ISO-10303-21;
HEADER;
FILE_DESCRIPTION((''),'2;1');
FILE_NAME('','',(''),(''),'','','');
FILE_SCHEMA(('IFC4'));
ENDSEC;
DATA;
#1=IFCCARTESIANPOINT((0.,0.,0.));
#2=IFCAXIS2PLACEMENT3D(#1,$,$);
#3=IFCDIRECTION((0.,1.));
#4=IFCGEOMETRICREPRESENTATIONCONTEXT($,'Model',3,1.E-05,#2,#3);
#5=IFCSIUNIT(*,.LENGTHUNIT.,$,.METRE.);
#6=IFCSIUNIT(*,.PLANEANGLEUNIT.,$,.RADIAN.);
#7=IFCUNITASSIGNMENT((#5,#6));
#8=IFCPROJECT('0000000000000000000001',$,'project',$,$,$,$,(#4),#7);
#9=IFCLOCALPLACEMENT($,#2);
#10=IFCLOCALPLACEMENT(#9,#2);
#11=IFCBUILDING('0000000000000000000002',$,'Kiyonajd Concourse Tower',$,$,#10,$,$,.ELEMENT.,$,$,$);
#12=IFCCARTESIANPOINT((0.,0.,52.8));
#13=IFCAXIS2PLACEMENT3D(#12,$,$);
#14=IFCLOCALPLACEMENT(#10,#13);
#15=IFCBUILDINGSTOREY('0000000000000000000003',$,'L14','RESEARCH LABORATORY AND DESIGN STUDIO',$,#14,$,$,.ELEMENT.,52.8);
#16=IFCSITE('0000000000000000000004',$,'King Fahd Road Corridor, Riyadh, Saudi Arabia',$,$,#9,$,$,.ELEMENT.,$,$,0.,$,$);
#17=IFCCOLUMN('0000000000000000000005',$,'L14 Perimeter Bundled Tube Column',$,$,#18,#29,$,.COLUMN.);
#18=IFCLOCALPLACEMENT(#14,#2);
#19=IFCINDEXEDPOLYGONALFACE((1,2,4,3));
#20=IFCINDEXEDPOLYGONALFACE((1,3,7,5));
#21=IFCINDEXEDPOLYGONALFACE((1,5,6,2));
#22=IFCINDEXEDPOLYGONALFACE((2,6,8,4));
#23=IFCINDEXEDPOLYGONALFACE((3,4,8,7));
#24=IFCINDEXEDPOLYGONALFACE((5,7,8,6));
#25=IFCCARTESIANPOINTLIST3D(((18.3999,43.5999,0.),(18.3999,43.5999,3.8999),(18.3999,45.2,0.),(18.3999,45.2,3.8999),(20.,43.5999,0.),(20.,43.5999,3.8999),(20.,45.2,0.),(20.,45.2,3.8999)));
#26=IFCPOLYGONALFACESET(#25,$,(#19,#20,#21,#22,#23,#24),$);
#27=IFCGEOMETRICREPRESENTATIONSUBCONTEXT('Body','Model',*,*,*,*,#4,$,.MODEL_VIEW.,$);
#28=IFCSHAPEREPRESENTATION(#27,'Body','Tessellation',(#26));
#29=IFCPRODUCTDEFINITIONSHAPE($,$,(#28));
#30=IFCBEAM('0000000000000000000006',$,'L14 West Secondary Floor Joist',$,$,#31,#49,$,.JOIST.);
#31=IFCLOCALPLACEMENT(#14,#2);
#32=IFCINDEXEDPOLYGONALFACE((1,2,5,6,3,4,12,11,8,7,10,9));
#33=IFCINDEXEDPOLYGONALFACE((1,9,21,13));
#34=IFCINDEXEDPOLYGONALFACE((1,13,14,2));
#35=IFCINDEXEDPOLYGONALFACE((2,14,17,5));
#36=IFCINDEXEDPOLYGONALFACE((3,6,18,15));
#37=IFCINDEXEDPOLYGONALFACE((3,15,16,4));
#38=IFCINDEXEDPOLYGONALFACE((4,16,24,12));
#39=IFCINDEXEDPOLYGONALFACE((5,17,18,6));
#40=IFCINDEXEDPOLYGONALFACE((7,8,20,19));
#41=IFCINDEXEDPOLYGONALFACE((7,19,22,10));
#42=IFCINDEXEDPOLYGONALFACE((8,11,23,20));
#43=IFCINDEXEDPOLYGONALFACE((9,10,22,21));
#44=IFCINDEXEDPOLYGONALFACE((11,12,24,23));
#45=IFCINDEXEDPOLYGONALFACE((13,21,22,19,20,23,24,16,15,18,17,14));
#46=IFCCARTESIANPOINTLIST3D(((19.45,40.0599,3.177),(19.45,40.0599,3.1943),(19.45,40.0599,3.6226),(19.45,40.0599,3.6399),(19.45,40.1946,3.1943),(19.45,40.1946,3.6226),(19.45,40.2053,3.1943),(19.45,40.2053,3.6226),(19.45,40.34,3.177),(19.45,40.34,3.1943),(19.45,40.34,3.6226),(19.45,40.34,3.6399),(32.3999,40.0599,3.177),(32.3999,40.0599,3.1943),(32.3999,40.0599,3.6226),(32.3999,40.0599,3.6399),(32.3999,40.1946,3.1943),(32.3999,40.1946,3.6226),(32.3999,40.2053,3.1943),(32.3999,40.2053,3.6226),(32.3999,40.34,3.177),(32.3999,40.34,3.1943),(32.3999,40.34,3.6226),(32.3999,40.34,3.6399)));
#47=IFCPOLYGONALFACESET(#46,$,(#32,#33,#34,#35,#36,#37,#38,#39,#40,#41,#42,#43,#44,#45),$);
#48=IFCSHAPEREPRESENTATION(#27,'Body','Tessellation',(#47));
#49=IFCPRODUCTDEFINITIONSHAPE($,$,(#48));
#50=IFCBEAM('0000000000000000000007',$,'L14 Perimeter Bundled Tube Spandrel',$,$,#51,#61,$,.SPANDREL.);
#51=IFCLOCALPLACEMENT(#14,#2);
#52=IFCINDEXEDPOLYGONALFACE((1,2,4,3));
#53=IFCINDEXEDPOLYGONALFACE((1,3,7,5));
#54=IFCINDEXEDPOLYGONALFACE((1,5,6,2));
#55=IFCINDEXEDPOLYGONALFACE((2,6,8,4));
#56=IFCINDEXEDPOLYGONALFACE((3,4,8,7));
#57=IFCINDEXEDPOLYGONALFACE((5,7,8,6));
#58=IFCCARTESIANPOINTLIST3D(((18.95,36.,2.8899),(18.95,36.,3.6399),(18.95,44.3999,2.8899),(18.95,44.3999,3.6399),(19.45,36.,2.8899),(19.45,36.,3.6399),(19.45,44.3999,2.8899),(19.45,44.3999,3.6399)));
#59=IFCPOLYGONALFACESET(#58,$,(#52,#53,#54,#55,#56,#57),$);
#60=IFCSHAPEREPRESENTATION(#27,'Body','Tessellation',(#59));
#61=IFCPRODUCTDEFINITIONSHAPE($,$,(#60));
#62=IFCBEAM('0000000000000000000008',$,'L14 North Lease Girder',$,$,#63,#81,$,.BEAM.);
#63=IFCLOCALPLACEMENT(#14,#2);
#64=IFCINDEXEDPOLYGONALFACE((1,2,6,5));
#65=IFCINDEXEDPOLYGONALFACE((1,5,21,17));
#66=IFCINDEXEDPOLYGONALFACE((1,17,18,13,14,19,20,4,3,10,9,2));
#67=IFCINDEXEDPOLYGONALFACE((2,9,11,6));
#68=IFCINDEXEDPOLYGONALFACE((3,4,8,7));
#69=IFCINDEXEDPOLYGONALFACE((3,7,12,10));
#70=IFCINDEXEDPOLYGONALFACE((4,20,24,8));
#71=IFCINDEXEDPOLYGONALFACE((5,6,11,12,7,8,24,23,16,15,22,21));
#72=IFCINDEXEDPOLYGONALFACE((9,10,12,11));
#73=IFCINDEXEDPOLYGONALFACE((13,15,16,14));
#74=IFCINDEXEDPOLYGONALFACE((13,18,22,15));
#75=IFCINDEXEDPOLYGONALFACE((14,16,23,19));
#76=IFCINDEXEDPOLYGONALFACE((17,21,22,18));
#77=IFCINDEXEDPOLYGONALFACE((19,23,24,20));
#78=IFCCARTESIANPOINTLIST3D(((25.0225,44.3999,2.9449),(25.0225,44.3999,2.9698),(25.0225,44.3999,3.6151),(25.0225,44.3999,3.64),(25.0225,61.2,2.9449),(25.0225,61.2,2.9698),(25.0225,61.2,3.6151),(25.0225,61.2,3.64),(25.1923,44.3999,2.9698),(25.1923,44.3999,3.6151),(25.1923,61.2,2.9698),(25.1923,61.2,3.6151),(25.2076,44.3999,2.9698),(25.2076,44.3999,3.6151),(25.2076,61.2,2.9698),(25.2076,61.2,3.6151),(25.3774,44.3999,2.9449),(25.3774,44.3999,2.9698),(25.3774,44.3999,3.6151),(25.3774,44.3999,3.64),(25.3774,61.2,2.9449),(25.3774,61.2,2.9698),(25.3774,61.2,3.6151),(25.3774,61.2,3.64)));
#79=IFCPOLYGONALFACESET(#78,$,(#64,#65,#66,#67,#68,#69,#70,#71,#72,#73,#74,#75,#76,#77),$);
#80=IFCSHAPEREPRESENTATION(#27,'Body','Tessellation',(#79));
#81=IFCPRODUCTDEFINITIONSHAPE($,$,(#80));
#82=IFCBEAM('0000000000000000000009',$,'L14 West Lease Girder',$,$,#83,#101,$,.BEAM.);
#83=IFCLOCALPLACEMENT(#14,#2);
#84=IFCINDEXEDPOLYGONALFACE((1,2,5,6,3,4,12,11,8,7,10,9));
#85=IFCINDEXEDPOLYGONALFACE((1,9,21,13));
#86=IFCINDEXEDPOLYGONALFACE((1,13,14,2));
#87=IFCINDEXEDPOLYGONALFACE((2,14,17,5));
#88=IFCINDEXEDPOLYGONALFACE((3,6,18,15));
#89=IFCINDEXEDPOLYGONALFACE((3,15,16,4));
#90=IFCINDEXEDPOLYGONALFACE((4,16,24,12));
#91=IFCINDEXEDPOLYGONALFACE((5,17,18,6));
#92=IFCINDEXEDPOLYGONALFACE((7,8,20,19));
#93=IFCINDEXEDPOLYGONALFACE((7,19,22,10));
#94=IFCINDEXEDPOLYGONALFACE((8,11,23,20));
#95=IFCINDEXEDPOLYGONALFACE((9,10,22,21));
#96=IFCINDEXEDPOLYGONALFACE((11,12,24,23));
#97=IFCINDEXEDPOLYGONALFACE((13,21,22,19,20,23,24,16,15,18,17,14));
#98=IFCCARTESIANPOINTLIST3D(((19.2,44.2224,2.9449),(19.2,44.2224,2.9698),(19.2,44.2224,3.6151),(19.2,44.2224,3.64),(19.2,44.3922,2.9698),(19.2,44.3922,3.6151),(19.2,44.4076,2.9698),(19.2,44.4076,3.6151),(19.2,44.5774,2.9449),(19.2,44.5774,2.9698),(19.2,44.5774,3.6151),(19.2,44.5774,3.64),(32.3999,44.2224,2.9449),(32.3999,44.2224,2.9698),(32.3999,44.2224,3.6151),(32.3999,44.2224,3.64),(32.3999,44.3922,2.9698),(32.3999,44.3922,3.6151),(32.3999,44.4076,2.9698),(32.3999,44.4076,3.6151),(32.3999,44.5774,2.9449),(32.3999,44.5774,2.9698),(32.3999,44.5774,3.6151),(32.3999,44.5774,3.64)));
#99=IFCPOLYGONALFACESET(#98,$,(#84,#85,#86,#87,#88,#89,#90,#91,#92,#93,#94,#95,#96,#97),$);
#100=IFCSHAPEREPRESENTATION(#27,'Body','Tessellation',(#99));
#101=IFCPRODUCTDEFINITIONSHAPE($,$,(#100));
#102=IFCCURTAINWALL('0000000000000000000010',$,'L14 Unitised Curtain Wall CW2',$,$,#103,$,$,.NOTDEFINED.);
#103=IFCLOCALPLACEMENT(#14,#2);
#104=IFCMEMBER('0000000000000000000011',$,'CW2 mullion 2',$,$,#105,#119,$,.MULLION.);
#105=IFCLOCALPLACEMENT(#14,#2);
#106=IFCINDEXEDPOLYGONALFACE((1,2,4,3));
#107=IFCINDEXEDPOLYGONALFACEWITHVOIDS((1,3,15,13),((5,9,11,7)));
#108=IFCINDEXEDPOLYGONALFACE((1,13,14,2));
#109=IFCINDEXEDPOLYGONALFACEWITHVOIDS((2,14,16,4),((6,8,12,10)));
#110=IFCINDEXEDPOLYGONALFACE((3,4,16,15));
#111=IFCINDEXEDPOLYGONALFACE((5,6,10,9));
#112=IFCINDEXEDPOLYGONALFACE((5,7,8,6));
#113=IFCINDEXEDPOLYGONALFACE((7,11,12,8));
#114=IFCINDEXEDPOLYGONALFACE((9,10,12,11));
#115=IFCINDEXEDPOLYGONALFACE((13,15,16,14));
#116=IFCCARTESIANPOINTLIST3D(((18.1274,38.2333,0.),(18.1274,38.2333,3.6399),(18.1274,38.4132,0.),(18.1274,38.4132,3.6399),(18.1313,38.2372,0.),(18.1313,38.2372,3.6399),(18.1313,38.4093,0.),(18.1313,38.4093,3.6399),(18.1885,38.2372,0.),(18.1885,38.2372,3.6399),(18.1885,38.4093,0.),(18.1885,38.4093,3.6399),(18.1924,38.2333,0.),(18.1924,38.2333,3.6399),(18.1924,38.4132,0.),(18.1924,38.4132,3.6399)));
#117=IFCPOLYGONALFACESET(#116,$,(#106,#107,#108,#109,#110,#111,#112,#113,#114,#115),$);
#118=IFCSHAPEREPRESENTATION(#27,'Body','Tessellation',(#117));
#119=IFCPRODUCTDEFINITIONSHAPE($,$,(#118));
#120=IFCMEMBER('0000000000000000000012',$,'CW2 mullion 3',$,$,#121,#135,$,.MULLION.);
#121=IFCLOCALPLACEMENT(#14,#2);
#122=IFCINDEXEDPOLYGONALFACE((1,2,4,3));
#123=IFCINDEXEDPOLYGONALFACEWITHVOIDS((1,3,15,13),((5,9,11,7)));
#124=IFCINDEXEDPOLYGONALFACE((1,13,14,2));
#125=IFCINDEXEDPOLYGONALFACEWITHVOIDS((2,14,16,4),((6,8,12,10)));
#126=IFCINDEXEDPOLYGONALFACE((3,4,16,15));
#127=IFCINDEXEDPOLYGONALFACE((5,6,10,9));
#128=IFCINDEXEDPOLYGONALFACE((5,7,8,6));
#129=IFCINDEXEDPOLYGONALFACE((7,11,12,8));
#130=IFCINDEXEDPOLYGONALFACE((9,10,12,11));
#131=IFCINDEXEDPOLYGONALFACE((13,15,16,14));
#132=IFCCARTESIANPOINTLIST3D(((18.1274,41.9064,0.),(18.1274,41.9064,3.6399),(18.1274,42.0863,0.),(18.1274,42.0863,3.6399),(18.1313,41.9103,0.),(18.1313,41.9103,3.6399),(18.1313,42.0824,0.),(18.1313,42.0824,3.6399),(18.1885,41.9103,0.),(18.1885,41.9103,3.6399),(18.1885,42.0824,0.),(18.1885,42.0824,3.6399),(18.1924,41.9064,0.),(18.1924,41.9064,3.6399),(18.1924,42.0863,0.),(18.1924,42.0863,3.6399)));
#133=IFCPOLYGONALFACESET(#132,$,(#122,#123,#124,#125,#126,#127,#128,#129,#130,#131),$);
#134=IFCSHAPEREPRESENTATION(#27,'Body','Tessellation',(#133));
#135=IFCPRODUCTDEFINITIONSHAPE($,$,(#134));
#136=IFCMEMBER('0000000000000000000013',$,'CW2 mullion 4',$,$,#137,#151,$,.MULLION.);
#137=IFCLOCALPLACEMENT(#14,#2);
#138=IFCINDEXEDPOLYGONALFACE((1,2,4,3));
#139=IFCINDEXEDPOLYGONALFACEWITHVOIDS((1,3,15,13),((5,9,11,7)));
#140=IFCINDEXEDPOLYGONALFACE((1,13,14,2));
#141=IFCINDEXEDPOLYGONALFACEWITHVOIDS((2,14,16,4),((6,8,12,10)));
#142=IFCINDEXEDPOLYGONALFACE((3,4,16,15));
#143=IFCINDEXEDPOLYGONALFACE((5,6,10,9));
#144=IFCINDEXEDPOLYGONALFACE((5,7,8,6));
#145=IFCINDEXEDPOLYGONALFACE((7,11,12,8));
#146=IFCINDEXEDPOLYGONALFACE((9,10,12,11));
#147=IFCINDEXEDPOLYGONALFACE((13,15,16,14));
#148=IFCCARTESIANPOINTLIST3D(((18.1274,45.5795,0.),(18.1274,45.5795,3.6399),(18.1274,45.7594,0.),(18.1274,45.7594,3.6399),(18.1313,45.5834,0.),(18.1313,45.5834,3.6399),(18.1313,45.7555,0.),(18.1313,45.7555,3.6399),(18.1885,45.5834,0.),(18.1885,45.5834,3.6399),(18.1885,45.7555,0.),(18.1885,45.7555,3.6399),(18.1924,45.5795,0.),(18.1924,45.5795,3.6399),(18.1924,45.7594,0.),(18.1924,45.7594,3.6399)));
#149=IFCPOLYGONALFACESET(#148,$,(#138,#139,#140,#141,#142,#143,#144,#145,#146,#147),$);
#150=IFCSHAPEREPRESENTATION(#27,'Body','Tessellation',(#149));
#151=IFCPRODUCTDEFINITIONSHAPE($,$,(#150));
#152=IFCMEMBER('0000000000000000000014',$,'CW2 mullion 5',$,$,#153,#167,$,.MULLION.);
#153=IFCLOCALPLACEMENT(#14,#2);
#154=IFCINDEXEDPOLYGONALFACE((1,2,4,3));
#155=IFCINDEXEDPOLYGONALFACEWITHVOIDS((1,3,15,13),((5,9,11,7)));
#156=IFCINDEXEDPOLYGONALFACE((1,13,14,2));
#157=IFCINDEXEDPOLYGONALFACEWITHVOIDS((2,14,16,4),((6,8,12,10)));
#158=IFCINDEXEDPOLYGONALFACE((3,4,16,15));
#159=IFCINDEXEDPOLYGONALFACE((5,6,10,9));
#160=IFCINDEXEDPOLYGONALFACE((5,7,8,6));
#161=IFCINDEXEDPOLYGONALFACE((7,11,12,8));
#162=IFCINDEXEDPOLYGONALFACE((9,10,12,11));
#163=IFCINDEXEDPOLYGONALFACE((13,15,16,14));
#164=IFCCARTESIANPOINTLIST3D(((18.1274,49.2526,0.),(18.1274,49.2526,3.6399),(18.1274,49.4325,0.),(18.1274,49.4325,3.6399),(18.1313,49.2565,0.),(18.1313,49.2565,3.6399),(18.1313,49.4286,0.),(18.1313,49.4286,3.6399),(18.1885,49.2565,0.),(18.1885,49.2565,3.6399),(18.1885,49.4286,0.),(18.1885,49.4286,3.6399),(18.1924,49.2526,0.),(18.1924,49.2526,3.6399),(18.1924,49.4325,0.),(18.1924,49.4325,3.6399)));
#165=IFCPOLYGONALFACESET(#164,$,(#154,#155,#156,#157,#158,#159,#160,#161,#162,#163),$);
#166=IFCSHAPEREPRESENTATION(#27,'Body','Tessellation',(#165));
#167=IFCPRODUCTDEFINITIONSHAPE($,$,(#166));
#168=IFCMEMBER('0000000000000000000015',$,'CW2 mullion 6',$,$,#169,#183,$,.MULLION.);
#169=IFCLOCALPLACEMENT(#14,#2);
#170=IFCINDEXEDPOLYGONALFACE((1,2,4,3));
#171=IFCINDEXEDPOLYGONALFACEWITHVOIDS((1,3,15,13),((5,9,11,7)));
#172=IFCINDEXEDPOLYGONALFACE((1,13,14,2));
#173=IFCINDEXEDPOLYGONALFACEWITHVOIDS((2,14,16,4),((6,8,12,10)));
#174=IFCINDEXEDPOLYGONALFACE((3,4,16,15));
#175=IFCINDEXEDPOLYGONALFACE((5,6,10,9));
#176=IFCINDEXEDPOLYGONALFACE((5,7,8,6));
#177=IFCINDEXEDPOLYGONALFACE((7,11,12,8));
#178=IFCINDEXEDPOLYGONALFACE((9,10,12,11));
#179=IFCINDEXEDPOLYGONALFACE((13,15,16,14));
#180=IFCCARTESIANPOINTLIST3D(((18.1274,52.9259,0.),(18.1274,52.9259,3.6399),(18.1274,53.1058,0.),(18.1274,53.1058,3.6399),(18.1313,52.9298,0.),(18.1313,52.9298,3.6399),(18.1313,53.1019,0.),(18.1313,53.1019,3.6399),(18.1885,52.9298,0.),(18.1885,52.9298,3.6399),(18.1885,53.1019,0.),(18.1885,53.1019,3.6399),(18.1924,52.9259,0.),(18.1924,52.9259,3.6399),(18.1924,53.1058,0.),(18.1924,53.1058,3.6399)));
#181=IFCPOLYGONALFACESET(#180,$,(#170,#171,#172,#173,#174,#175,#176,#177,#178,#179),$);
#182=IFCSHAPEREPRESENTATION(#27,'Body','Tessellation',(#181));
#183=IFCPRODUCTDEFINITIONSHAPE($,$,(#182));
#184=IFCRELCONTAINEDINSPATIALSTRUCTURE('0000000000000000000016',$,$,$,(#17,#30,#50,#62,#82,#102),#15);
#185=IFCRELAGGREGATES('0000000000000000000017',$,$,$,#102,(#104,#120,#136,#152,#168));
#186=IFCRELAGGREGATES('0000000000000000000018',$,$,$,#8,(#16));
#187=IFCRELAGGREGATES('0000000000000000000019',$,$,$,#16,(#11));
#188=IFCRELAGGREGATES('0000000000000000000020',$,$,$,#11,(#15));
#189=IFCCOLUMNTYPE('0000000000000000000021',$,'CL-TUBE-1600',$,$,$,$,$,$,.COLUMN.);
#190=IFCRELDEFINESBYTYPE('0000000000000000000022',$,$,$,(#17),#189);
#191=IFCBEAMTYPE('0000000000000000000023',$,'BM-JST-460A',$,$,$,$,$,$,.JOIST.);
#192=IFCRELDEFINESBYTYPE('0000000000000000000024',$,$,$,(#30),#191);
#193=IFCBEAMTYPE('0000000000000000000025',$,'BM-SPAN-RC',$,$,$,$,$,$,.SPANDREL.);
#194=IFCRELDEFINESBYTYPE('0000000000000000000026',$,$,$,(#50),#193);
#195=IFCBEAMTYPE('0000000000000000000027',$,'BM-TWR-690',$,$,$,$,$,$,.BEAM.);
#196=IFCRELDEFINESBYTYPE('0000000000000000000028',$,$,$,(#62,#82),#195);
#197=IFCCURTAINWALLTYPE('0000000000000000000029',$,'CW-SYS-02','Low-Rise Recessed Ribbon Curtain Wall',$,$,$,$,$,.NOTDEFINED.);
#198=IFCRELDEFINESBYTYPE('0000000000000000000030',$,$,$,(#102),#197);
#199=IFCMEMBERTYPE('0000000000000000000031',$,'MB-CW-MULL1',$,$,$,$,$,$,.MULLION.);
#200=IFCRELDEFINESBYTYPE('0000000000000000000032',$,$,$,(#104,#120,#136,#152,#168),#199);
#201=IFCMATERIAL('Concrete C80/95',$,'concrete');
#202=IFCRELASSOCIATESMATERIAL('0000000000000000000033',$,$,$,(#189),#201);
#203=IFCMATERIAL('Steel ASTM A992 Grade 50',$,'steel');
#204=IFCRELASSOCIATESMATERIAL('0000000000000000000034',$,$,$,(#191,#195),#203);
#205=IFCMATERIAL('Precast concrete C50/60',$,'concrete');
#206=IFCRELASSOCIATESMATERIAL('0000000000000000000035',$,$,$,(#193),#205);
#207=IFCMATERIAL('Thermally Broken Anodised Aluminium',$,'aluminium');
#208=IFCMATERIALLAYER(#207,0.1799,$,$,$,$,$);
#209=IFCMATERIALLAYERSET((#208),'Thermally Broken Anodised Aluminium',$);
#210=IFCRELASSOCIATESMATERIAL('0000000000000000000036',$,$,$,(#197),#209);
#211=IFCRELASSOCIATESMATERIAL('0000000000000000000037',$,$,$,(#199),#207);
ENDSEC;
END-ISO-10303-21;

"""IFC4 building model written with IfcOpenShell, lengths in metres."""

from ifc_helpers import new_model, si_unit, direction, frame, origin, origin_2d, place, context, subcontext, project, spatial, rectangle, hollow_rectangle, i_section, extrude, material, layer, layer_set, material_profile, profile_set, type_object, element, aggregate, save


model = new_model("IFC4")

# Units and contexts
model_context = context("Model", 3, precision=1e-05, world=origin(), true_north=direction((0.0, 1.0)))
body_context = subcontext(model_context, "Body", "Model", "MODEL_VIEW")
ifc_project = project(units=[si_unit("LENGTHUNIT", "METRE"), si_unit("PLANEANGLEUNIT", "RADIAN")], contexts=[model_context])

# Site, building, storey
site_placement = place(None, origin())
site = spatial("IfcSite", under=ifc_project, at=site_placement, Name="King Fahd Road Corridor, Riyadh, Saudi Arabia", CompositionType="ELEMENT", RefElevation=0.0)
building_placement = place(site_placement, origin())
building = spatial("IfcBuilding", under=site, at=building_placement, Name="Kiyonajd Concourse Tower", CompositionType="ELEMENT")
storey_placement = place(building_placement, frame((0.0, 0.0, 52.8)))
storey = spatial("IfcBuildingStorey", under=building, at=storey_placement, Name="L14", Description="RESEARCH LABORATORY AND DESIGN STUDIO", CompositionType="ELEMENT", Elevation=52.8)

# Column
ifc_material_1 = material(Name="Concrete C80/95", Category="concrete")
ifc_material_profile_1 = material_profile(ifc_material_1, rectangle(XDim=1.6001, YDim=1.6001, at=origin_2d()), Name="RC-1600x1600")
ifc_profile_set_1 = profile_set([ifc_material_profile_1], Name="Concrete C80/95")
column_type = type_object("IfcColumnType", Name="CL-TUBE-1600", PredefinedType="COLUMN", material=ifc_profile_set_1)
column_placement = place(storey_placement, frame((19.2, 44.3999, 0.0), z_axis=(0.0, 0.0, 1.0), x_axis=(1.0, 0.0, 0.0)))
element("IfcColumn", 1, at=column_placement, inside=storey, type_object=column_type, Name="L14 Perimeter Bundled Tube Column", PredefinedType="COLUMN", context=body_context, shape_type="SweptSolid", body=[
    extrude(rectangle(XDim=1.6001, YDim=1.6001, at=origin_2d()), origin(), (0.0, 0.0, 1.0), 3.8999),
])

# Beams
ifc_material_2 = material(Name="Steel ASTM A992 Grade 50", Category="steel")
ifc_material_profile_2 = material_profile(ifc_material_2, i_section(OverallWidth=0.28, OverallDepth=0.4629, WebThickness=0.0107, FlangeThickness=0.0173, at=origin_2d()), Name="W460X113")
ifc_profile_set_2 = profile_set([ifc_material_profile_2], Name="Steel ASTM A992 Grade 50")
beam_type_1 = type_object("IfcBeamType", Name="BM-JST-460A", PredefinedType="JOIST", material=ifc_profile_set_2)
beam_1_placement = place(storey_placement, frame((19.45, 40.2, 3.4084), z_axis=(1.0, 0.0, 0.0), x_axis=(0.0, 1.0, 0.0)))
element("IfcBeam", 2, at=beam_1_placement, inside=storey, type_object=beam_type_1, Name="L14 West Secondary Floor Joist", PredefinedType="JOIST", context=body_context, shape_type="SweptSolid", body=[
    extrude(i_section(OverallWidth=0.28, OverallDepth=0.4629, WebThickness=0.0107, FlangeThickness=0.0173, at=origin_2d()), origin(), (0.0, 0.0, 1.0), 12.95),
])
ifc_material_3 = material(Name="Precast concrete C50/60", Category="concrete")
ifc_material_profile_3 = material_profile(ifc_material_3, rectangle(XDim=0.5, YDim=0.75, at=origin_2d()), Name="RCBM-500x750")
ifc_profile_set_3 = profile_set([ifc_material_profile_3], Name="Precast concrete C50/60")
beam_type_2 = type_object("IfcBeamType", Name="BM-SPAN-RC", PredefinedType="SPANDREL", material=ifc_profile_set_3)
beam_2_placement = place(storey_placement, frame((19.2, 44.3999, 3.2649), z_axis=(0.0, -1.0, 0.0), x_axis=(1.0, 0.0, 0.0)))
element("IfcBeam", 3, at=beam_2_placement, inside=storey, type_object=beam_type_2, Name="L14 Perimeter Bundled Tube Spandrel", PredefinedType="SPANDREL", context=body_context, shape_type="SweptSolid", body=[
    extrude(rectangle(XDim=0.5, YDim=0.75, at=origin_2d()), origin(), (0.0, 0.0, 1.0), 8.3999),
])
ifc_material_profile_4 = material_profile(ifc_material_2, i_section(OverallWidth=0.355, OverallDepth=0.6951, WebThickness=0.0154, FlangeThickness=0.0249, at=origin_2d()), Name="W690X217")
ifc_profile_set_4 = profile_set([ifc_material_profile_4], Name="Steel ASTM A992 Grade 50")
beam_type_3 = type_object("IfcBeamType", Name="BM-TWR-690", PredefinedType="BEAM", material=ifc_profile_set_4)
beam_3_placement = place(storey_placement, frame((25.2, 44.3999, 3.2925), z_axis=(0.0, 1.0, 0.0), x_axis=(-1.0, 0.0, 0.0)))
element("IfcBeam", 4, at=beam_3_placement, inside=storey, type_object=beam_type_3, Name="L14 North Lease Girder", PredefinedType="BEAM", context=body_context, shape_type="SweptSolid", body=[
    extrude(i_section(OverallWidth=0.355, OverallDepth=0.6951, WebThickness=0.0154, FlangeThickness=0.0249, at=origin_2d()), origin(), (0.0, 0.0, 1.0), 16.8),
])
beam_4_placement = place(storey_placement, frame((19.2, 44.3999, 3.2925), z_axis=(1.0, 0.0, 0.0), x_axis=(0.0, 1.0, 0.0)))
element("IfcBeam", 5, at=beam_4_placement, inside=storey, type_object=beam_type_3, Name="L14 West Lease Girder", PredefinedType="BEAM", context=body_context, shape_type="SweptSolid", body=[
    extrude(i_section(OverallWidth=0.355, OverallDepth=0.6951, WebThickness=0.0154, FlangeThickness=0.0249, at=origin_2d()), origin(), (0.0, 0.0, 1.0), 13.2),
])

# Curtain wall, members
ifc_material_4 = material(Name="Thermally Broken Anodised Aluminium", Category="aluminium")
ifc_layer_1 = layer(ifc_material_4, 0.1799)
ifc_layer_set_1 = layer_set([ifc_layer_1], Name="Thermally Broken Anodised Aluminium")
curtain_wall_type = type_object("IfcCurtainWallType", Name="CW-SYS-02", Description="Low-Rise Recessed Ribbon Curtain Wall", PredefinedType="NOTDEFINED", material=ifc_layer_set_1)
curtain_wall_placement = place(storey_placement, origin())
curtain_wall = element("IfcCurtainWall", 6, at=curtain_wall_placement, inside=storey, type_object=curtain_wall_type, Name="L14 Unitised Curtain Wall CW2", PredefinedType="NOTDEFINED")
ifc_material_profile_5 = material_profile(ifc_material_4, hollow_rectangle(XDim=0.0649, YDim=0.1799, WallThickness=0.0039, at=origin_2d()), Name="MULL-65x180")
ifc_profile_set_5 = profile_set([ifc_material_profile_5], Name="Thermally Broken Anodised Aluminium")
member_type_1 = type_object("IfcMemberType", Name="MB-CW-MULL1", PredefinedType="MULLION", material=ifc_profile_set_5)
member_1_placement = place(storey_placement, frame((18.1599, 38.3232, 0.0), z_axis=(0.0, 0.0, 1.0), x_axis=(-1.0, 0.0, 0.0)))
member_1 = element("IfcMember", 7, at=member_1_placement, type_object=member_type_1, Name="CW2 mullion 2", PredefinedType="MULLION", context=body_context, shape_type="SweptSolid", body=[
    extrude(hollow_rectangle(XDim=0.0649, YDim=0.1799, WallThickness=0.0039, at=origin_2d()), origin(), (0.0, 0.0, 1.0), 3.6399),
])
member_2_placement = place(storey_placement, frame((18.1599, 41.9963, 0.0), z_axis=(0.0, 0.0, 1.0), x_axis=(-1.0, 0.0, 0.0)))
member_2 = element("IfcMember", 8, at=member_2_placement, type_object=member_type_1, Name="CW2 mullion 3", PredefinedType="MULLION", context=body_context, shape_type="SweptSolid", body=[
    extrude(hollow_rectangle(XDim=0.0649, YDim=0.1799, WallThickness=0.0039, at=origin_2d()), origin(), (0.0, 0.0, 1.0), 3.6399),
])
member_3_placement = place(storey_placement, frame((18.1599, 45.6694, 0.0), z_axis=(0.0, 0.0, 1.0), x_axis=(-1.0, 0.0, 0.0)))
member_3 = element("IfcMember", 9, at=member_3_placement, type_object=member_type_1, Name="CW2 mullion 4", PredefinedType="MULLION", context=body_context, shape_type="SweptSolid", body=[
    extrude(hollow_rectangle(XDim=0.0649, YDim=0.1799, WallThickness=0.0039, at=origin_2d()), origin(), (0.0, 0.0, 1.0), 3.6399),
])
member_4_placement = place(storey_placement, frame((18.1599, 49.3425, 0.0), z_axis=(0.0, 0.0, 1.0), x_axis=(-1.0, 0.0, 0.0)))
member_4 = element("IfcMember", 10, at=member_4_placement, type_object=member_type_1, Name="CW2 mullion 5", PredefinedType="MULLION", context=body_context, shape_type="SweptSolid", body=[
    extrude(hollow_rectangle(XDim=0.0649, YDim=0.1799, WallThickness=0.0039, at=origin_2d()), origin(), (0.0, 0.0, 1.0), 3.6399),
])
member_5_placement = place(storey_placement, frame((18.1599, 53.0159, 0.0), z_axis=(0.0, 0.0, 1.0), x_axis=(-1.0, 0.0, 0.0)))
member_5 = element("IfcMember", 11, at=member_5_placement, type_object=member_type_1, Name="CW2 mullion 6", PredefinedType="MULLION", context=body_context, shape_type="SweptSolid", body=[
    extrude(hollow_rectangle(XDim=0.0649, YDim=0.1799, WallThickness=0.0039, at=origin_2d()), origin(), (0.0, 0.0, 1.0), 3.6399),
])
aggregate(curtain_wall, [member_1, member_2, member_3, member_4, member_5])

save(model, "model.ifc")
